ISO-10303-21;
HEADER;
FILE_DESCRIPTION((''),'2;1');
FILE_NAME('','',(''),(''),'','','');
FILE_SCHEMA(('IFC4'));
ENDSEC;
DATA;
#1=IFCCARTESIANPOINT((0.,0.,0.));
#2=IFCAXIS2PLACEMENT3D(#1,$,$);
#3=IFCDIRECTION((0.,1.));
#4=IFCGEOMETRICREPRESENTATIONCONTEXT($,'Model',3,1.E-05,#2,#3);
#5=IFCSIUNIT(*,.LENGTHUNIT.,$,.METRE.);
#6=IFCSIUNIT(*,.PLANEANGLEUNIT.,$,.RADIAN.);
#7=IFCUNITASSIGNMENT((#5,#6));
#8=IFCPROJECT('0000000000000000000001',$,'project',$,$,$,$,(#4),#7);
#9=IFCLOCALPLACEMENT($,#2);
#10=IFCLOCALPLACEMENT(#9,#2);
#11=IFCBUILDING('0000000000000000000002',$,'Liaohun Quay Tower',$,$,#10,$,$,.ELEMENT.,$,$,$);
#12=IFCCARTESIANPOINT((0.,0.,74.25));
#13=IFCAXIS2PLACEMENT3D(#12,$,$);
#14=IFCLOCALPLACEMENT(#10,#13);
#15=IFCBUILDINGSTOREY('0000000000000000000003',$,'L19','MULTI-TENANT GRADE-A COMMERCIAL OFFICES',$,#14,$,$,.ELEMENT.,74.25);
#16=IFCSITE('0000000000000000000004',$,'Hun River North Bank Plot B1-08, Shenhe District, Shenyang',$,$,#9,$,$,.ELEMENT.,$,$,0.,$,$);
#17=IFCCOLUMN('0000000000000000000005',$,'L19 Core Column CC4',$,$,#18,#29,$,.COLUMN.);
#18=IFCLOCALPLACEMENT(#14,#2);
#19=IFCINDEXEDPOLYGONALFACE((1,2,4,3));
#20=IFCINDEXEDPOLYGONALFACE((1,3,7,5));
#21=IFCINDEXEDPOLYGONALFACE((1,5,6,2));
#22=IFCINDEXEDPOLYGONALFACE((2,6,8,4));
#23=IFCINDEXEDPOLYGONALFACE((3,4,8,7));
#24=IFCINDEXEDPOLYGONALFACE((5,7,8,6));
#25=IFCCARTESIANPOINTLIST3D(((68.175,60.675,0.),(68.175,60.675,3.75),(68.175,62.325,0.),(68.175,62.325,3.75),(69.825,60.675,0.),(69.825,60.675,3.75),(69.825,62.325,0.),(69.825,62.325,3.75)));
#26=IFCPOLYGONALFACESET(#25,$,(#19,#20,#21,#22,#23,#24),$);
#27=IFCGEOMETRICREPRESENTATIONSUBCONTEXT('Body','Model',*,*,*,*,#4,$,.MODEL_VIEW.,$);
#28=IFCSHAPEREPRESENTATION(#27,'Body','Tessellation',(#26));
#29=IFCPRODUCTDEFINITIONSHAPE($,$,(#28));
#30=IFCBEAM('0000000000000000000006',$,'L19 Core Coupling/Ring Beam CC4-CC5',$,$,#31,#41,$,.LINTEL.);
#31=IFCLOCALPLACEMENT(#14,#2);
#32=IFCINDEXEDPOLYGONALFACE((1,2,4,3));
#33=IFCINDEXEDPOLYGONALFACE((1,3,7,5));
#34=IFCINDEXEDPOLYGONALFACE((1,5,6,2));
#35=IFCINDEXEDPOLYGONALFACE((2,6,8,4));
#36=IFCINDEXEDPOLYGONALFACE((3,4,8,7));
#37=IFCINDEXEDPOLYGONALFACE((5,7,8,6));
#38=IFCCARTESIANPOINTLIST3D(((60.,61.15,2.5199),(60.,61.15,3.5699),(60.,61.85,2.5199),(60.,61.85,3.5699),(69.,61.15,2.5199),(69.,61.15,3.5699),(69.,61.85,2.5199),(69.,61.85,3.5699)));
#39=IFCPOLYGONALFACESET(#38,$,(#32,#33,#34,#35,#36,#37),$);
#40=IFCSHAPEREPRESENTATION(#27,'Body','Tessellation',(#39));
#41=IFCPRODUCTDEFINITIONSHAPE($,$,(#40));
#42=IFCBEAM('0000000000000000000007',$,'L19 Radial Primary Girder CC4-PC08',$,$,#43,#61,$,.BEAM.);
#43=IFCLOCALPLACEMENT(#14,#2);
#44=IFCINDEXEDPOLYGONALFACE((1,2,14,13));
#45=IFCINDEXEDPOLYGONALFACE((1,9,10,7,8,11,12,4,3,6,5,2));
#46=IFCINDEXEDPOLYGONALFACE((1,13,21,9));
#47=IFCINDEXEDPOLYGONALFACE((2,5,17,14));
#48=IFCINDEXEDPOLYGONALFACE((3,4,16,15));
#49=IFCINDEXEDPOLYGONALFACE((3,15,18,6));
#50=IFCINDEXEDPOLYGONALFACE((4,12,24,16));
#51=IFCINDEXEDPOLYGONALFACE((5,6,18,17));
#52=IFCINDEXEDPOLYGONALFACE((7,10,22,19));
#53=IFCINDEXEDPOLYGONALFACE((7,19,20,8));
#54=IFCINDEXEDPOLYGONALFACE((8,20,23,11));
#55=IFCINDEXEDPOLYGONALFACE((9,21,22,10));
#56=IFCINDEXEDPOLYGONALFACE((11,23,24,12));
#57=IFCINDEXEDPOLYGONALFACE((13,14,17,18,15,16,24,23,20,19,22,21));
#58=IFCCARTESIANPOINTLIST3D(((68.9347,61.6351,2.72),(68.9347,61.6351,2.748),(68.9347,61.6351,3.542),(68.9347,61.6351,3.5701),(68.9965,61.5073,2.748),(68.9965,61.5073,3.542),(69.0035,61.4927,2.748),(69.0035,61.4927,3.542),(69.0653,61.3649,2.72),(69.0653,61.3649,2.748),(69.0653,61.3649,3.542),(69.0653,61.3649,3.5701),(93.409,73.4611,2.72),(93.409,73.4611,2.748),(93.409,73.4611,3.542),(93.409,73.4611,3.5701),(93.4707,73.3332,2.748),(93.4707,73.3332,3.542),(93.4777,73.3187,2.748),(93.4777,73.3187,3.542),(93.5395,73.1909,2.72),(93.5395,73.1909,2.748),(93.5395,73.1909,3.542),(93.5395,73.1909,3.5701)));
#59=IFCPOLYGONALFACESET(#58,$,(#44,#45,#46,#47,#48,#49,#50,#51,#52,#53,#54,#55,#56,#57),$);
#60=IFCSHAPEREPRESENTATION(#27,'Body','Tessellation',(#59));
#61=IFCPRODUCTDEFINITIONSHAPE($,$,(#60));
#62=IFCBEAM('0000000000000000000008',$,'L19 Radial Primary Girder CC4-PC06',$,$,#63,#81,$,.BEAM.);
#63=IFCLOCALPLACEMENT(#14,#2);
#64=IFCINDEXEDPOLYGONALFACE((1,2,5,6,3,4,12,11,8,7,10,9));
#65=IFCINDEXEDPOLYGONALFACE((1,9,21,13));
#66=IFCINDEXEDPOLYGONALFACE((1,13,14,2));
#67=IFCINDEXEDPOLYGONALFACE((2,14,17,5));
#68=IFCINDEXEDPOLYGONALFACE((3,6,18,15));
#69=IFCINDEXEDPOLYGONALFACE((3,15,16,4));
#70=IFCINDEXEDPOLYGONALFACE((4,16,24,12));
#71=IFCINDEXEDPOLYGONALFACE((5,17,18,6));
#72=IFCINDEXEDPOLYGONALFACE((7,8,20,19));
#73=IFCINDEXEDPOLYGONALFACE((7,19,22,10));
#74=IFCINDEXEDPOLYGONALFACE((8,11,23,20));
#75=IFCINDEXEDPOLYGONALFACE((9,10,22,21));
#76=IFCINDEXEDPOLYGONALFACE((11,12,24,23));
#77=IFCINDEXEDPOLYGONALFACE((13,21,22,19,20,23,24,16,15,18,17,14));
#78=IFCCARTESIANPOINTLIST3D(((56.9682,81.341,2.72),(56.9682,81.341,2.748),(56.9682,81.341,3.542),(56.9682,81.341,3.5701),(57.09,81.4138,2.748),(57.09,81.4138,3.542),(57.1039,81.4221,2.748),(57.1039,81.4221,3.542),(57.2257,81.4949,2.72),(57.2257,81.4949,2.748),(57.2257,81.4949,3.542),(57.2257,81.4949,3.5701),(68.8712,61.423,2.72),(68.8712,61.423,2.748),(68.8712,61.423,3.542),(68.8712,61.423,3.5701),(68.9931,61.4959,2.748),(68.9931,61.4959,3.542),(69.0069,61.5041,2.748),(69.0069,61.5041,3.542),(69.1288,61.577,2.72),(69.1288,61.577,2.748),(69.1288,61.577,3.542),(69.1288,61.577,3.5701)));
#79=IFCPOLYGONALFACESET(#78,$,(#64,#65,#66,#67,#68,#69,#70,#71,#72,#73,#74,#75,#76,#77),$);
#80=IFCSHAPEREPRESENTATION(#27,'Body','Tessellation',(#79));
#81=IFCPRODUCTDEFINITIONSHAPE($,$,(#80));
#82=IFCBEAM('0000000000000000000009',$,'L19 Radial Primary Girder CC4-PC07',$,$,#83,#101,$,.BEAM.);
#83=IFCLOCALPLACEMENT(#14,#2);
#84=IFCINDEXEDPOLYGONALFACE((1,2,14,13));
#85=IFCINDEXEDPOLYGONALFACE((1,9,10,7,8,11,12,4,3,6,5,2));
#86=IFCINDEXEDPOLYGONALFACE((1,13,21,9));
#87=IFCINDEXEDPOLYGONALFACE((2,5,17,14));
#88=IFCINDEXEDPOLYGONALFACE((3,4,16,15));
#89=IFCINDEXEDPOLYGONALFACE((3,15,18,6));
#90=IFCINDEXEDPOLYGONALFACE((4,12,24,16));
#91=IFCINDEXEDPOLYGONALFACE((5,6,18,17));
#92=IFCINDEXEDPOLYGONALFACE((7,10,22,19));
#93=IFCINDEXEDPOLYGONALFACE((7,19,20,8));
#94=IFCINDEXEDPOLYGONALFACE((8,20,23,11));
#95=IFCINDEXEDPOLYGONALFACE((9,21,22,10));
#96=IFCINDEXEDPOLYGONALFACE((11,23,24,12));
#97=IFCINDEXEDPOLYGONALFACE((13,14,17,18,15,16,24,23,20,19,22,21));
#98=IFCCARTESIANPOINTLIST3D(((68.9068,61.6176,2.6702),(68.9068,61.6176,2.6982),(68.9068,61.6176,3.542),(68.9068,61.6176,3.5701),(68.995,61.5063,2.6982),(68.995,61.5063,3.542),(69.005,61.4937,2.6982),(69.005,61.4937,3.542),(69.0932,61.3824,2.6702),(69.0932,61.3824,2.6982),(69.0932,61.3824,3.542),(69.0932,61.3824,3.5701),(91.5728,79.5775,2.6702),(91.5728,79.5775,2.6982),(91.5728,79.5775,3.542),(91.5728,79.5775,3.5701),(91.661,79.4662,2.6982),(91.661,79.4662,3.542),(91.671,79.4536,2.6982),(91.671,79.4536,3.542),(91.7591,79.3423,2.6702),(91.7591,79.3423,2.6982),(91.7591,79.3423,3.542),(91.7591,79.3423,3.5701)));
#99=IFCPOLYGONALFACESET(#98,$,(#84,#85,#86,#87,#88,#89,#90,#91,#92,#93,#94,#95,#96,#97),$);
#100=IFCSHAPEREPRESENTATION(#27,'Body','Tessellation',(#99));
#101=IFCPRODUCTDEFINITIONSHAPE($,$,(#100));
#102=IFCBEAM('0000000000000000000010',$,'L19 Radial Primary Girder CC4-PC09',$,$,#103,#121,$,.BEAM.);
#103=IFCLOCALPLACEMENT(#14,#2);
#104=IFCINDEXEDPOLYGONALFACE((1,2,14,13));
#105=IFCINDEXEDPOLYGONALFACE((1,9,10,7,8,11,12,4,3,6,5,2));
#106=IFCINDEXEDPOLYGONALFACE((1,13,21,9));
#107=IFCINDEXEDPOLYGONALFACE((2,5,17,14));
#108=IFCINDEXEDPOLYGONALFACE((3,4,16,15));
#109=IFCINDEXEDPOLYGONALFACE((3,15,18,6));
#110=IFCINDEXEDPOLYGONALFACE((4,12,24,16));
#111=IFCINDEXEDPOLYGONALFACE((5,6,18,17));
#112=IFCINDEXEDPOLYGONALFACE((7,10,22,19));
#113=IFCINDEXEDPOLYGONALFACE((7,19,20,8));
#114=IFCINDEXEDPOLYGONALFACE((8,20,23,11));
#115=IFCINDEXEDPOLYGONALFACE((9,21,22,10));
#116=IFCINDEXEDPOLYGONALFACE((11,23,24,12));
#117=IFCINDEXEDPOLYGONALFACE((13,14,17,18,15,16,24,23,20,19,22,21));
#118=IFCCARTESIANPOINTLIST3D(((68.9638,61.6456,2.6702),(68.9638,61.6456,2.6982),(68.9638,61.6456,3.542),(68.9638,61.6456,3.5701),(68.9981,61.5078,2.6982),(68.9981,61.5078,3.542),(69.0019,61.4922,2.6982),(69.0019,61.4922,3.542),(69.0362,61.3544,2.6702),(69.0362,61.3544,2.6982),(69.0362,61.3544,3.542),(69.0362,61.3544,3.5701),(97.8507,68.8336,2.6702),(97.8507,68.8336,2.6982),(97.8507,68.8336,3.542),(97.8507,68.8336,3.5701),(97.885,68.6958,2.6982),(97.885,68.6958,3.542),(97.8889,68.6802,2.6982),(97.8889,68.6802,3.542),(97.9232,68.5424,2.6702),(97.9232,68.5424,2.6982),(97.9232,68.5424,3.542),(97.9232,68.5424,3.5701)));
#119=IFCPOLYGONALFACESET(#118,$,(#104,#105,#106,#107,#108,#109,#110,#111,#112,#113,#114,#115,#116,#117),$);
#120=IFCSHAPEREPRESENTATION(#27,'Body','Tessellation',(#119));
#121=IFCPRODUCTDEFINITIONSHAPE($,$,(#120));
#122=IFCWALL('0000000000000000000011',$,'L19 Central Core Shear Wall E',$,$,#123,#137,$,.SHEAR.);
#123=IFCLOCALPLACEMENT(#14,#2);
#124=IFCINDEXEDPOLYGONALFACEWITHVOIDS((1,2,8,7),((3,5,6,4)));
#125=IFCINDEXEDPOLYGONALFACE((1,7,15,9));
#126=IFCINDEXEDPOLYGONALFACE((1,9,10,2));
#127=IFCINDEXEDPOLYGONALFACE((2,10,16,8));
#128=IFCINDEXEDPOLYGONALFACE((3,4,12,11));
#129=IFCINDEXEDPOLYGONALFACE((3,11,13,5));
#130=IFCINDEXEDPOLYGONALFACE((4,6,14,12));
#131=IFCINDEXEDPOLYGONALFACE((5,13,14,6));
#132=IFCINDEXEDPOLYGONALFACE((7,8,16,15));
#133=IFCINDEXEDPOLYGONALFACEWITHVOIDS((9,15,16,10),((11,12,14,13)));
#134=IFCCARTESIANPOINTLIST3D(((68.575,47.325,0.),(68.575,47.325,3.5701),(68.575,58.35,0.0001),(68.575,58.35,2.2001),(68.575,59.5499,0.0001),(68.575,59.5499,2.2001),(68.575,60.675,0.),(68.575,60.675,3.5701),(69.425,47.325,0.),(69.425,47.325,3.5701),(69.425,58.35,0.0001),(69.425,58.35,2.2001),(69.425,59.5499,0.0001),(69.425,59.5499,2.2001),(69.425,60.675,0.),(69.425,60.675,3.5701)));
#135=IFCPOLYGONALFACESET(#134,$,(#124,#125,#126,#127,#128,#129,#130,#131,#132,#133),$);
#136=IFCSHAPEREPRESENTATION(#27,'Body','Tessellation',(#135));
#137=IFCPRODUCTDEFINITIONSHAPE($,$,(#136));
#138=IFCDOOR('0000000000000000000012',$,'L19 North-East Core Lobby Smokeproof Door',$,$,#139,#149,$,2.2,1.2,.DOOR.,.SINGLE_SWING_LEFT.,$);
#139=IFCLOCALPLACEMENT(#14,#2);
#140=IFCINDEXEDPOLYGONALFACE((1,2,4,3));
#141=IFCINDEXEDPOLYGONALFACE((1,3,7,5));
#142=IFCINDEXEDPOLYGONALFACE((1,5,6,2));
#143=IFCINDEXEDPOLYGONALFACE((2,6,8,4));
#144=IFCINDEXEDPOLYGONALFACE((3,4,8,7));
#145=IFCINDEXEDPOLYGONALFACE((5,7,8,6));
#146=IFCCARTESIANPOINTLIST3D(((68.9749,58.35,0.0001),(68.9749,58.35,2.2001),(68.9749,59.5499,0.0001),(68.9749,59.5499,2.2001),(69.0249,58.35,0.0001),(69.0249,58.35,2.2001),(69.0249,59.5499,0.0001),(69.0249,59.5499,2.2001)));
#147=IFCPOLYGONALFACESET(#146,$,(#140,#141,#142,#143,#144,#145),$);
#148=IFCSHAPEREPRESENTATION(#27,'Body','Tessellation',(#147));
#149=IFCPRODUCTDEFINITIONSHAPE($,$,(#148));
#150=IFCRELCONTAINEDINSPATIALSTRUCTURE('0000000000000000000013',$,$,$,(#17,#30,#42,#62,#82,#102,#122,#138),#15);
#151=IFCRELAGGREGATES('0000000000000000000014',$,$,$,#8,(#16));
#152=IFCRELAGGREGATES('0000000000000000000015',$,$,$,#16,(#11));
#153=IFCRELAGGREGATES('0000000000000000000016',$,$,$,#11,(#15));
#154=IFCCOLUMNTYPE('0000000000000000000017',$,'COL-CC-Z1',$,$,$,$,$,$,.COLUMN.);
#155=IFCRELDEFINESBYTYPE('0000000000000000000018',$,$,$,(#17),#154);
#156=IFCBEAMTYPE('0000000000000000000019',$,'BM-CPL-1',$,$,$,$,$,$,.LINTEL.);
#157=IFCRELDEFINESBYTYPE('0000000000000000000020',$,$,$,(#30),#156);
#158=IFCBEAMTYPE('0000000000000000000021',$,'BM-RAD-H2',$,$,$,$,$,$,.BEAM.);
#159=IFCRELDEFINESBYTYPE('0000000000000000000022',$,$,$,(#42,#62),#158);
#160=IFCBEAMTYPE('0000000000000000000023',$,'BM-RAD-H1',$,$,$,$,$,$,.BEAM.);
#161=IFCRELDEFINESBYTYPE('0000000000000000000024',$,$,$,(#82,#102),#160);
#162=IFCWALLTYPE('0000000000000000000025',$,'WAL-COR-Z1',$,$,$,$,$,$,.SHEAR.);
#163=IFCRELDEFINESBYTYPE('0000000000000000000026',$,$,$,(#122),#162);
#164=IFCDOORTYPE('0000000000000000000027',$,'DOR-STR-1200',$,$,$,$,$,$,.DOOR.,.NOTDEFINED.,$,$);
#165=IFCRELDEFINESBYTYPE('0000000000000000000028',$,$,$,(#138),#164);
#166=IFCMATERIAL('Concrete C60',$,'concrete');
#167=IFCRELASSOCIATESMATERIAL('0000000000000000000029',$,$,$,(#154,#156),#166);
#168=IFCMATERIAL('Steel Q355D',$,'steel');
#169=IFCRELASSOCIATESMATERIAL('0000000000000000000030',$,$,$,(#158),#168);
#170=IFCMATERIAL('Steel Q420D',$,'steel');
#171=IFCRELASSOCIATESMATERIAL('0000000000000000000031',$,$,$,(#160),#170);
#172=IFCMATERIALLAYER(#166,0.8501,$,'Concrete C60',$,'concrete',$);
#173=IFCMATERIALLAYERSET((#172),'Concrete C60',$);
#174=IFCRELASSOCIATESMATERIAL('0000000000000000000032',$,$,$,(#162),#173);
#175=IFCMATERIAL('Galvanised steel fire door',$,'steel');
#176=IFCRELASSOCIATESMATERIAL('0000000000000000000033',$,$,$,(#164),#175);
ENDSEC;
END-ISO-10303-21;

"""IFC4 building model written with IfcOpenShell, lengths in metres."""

from ifc_helpers import new_model, si_unit, direction, frame, frame_2d, origin, origin_2d, place, context, subcontext, project, spatial, rectangle, i_section, extrude, source, transform, mapped, material, layer, layer_set, material_profile, profile_set, type_object, element, fill, save


model = new_model("IFC4")

# Units and contexts
model_context = context("Model", 3, precision=1e-05, world=origin(), true_north=direction((0.0, 1.0)))
body_context = subcontext(model_context, "Body", "Model", "MODEL_VIEW")
ifc_project = project(units=[si_unit("LENGTHUNIT", "METRE"), si_unit("PLANEANGLEUNIT", "RADIAN")], contexts=[model_context])

# Site, building, storey
site_placement = place(None, origin())
site = spatial("IfcSite", under=ifc_project, at=site_placement, Name="Hun River North Bank Plot B1-08, Shenhe District, Shenyang", CompositionType="ELEMENT", RefElevation=0.0)
building_placement = place(site_placement, origin())
building = spatial("IfcBuilding", under=site, at=building_placement, Name="Liaohun Quay Tower", CompositionType="ELEMENT")
storey_placement = place(building_placement, frame((0.0, 0.0, 74.25)))
storey = spatial("IfcBuildingStorey", under=building, at=storey_placement, Name="L19", Description="MULTI-TENANT GRADE-A COMMERCIAL OFFICES", CompositionType="ELEMENT", Elevation=74.25)

# Column
ifc_material_1 = material(Name="Concrete C60", Category="concrete")
ifc_material_profile_1 = material_profile(ifc_material_1, rectangle(XDim=1.6499, YDim=1.6499, at=origin_2d()), Name="RC1650x1650")
ifc_profile_set_1 = profile_set([ifc_material_profile_1], Name="Concrete C60")
column_type = type_object("IfcColumnType", Name="COL-CC-Z1", PredefinedType="COLUMN", material=ifc_profile_set_1)
shared_shape_1 = source(origin(), body_context, "Body", "SweptSolid", [
    extrude(rectangle(XDim=1.6499, YDim=1.6499, at=origin_2d()), origin(), (0.0, 0.0, 1.0), 3.75),
])
column_placement = place(storey_placement, frame((69.0, 61.5, 0.0), z_axis=(0.0, 0.0, 1.0), x_axis=(1.0, 0.0, 0.0)))
element("IfcColumn", 1, at=column_placement, inside=storey, type_object=column_type, Name="L19 Core Column CC4", PredefinedType="COLUMN", context=body_context, shape_type="MappedRepresentation", body=[
    mapped(shared_shape_1, transform((0.0, 0.0, 0.0), x_axis=(1.0, 0.0, 0.0), y_axis=(0.0, 1.0, 0.0), z_axis=(0.0, 0.0, 1.0), scale=1.0)),
])

# Beams
ifc_material_profile_2 = material_profile(ifc_material_1, rectangle(XDim=0.7, YDim=1.05, at=origin_2d()), Name="RC700x1050")
ifc_profile_set_2 = profile_set([ifc_material_profile_2], Name="Concrete C60")
beam_type_1 = type_object("IfcBeamType", Name="BM-CPL-1", PredefinedType="LINTEL", material=ifc_profile_set_2)
shared_shape_2 = source(origin(), body_context, "Body", "SweptSolid", [
    extrude(rectangle(XDim=0.7, YDim=1.05, at=origin_2d()), origin(), (0.0, 0.0, 1.0), 9.0),
])
beam_1_placement = place(storey_placement, frame((69.0, 61.5, 3.0449), z_axis=(-1.0, 0.0, 0.0), x_axis=(0.0, -1.0, 0.0)))
element("IfcBeam", 2, at=beam_1_placement, inside=storey, type_object=beam_type_1, Name="L19 Core Coupling/Ring Beam CC4-CC5", PredefinedType="LINTEL", context=body_context, shape_type="MappedRepresentation", body=[
    mapped(shared_shape_2, transform((0.0, 0.0, 0.0), x_axis=(1.0, 0.0, 0.0), y_axis=(0.0, 1.0, 0.0), z_axis=(0.0, 0.0, 1.0), scale=1.0)),
])
ifc_material_2 = material(Name="Steel Q355D", Category="steel")
ifc_material_profile_3 = material_profile(ifc_material_2, i_section(OverallWidth=0.3, OverallDepth=0.8501, WebThickness=0.0161, FlangeThickness=0.0281, at=origin_2d()), Name="HN850x300x16x28")
ifc_profile_set_3 = profile_set([ifc_material_profile_3], Name="Steel Q355D")
beam_type_2 = type_object("IfcBeamType", Name="BM-RAD-H2", PredefinedType="BEAM", material=ifc_profile_set_3)
shared_shape_3 = source(origin(), body_context, "Body", "SweptSolid", [
    extrude(i_section(OverallWidth=0.3, OverallDepth=0.8501, WebThickness=0.0161, FlangeThickness=0.0281, at=origin_2d()), origin(), (0.0, 0.0, 1.0), 27.1816),
])
beam_2_placement = place(storey_placement, frame((69.0, 61.5, 3.145), z_axis=(0.900396, 0.435072, 0.0), x_axis=(-0.435072, 0.900396, 0.0)))
element("IfcBeam", 3, at=beam_2_placement, inside=storey, type_object=beam_type_2, Name="L19 Radial Primary Girder CC4-PC08", PredefinedType="BEAM", context=body_context, shape_type="MappedRepresentation", body=[
    mapped(shared_shape_3, transform((0.0, 0.0, 0.0), x_axis=(1.0, 0.0, 0.0), y_axis=(0.0, 1.0, 0.0), z_axis=(0.0, 0.0, 1.0), scale=1.0)),
])
shared_shape_4 = source(origin(), body_context, "Body", "SweptSolid", [
    extrude(i_section(OverallWidth=0.3, OverallDepth=0.8501, WebThickness=0.0161, FlangeThickness=0.0281, at=origin_2d()), origin(), (0.0, 0.0, 1.0), 23.2036),
])
beam_3_placement = place(storey_placement, frame((69.0, 61.5, 3.145), z_axis=(-0.512983, 0.858399, 0.0), x_axis=(-0.858399, -0.512983, 0.0)))
element("IfcBeam", 4, at=beam_3_placement, inside=storey, type_object=beam_type_2, Name="L19 Radial Primary Girder CC4-PC06", PredefinedType="BEAM", context=body_context, shape_type="MappedRepresentation", body=[
    mapped(shared_shape_4, transform((0.0, 0.0, 0.0), x_axis=(1.0, 0.0, 0.0), y_axis=(0.0, 1.0, 0.0), z_axis=(0.0, 0.0, 1.0), scale=1.0)),
])
ifc_material_3 = material(Name="Steel Q420D", Category="steel")
ifc_material_profile_4 = material_profile(ifc_material_3, i_section(OverallWidth=0.3, OverallDepth=0.8999, WebThickness=0.0161, FlangeThickness=0.0281, at=origin_2d()), Name="HN900x300x16x28")
ifc_profile_set_4 = profile_set([ifc_material_profile_4], Name="Steel Q420D")
beam_type_3 = type_object("IfcBeamType", Name="BM-RAD-H1", PredefinedType="BEAM", material=ifc_profile_set_4)
shared_shape_5 = source(origin(), body_context, "Body", "SweptSolid", [
    extrude(i_section(OverallWidth=0.3, OverallDepth=0.8999, WebThickness=0.0161, FlangeThickness=0.0281, at=origin_2d()), origin(), (0.0, 0.0, 1.0), 28.9189),
])
beam_4_placement = place(storey_placement, frame((69.0, 61.5, 3.1201), z_axis=(0.783776, 0.621044, 0.0), x_axis=(-0.621044, 0.783776, 0.0)))
element("IfcBeam", 5, at=beam_4_placement, inside=storey, type_object=beam_type_3, Name="L19 Radial Primary Girder CC4-PC07", PredefinedType="BEAM", context=body_context, shape_type="MappedRepresentation", body=[
    mapped(shared_shape_5, transform((0.0, 0.0, 0.0), x_axis=(1.0, 0.0, 0.0), y_axis=(0.0, 1.0, 0.0), z_axis=(0.0, 0.0, 1.0), scale=1.0)),
])
shared_shape_6 = source(origin(), body_context, "Body", "SweptSolid", [
    extrude(i_section(OverallWidth=0.3, OverallDepth=0.8999, WebThickness=0.0161, FlangeThickness=0.0281, at=origin_2d()), origin(), (0.0, 0.0, 1.0), 29.7678),
])
beam_5_placement = place(storey_placement, frame((69.0, 61.5, 3.1201), z_axis=(0.970409, 0.241468, 0.0), x_axis=(-0.241468, 0.970409, 0.0)))
element("IfcBeam", 6, at=beam_5_placement, inside=storey, type_object=beam_type_3, Name="L19 Radial Primary Girder CC4-PC09", PredefinedType="BEAM", context=body_context, shape_type="MappedRepresentation", body=[
    mapped(shared_shape_6, transform((0.0, 0.0, 0.0), x_axis=(1.0, 0.0, 0.0), y_axis=(0.0, 1.0, 0.0), z_axis=(0.0, 0.0, 1.0), scale=1.0)),
])

# Wall, opening, door
ifc_layer_1 = layer(ifc_material_1, 0.8501, Name="Concrete C60", Category="concrete")
ifc_layer_set_1 = layer_set([ifc_layer_1], Name="Concrete C60")
wall_type_1 = type_object("IfcWallType", Name="WAL-COR-Z1", PredefinedType="SHEAR", material=ifc_layer_set_1)
wall_1_placement = place(storey_placement, frame((69.0, 60.675, 0.0), z_axis=(0.0, 0.0, 1.0), x_axis=(0.0, -1.0, 0.0)))
wall_1 = element("IfcWall", 7, at=wall_1_placement, inside=storey, type_object=wall_type_1, Name="L19 Central Core Shear Wall E", PredefinedType="SHEAR", context=body_context, shape_type="SweptSolid", body=[
    extrude(rectangle(XDim=13.3501, YDim=0.8501, at=frame_2d((6.675, 0.0))), origin(), (0.0, 0.0, 1.0), 3.5701),
])
shared_shape_7 = source(origin(), body_context, "Body", "SweptSolid", [
    extrude(rectangle(XDim=1.2, YDim=2.2, at=frame_2d((0.6001, 1.1001))), frame((0.0, 0.4351, 0.0), z_axis=(0.0, -1.0, 0.0), x_axis=(1.0, 0.0, 0.0)), (0.0, 0.0, 1.0), 0.8701),
])
opening_1_placement = place(wall_1_placement, frame((1.125, 0.0, 0.0)))
opening_1 = element("IfcOpeningElement", 8, at=opening_1_placement, cuts=wall_1, PredefinedType="OPENING", context=body_context, shape_type="MappedRepresentation", body=[
    mapped(shared_shape_7, transform((0.0, 0.0, 0.0), x_axis=(1.0, 0.0, 0.0), y_axis=(0.0, 1.0, 0.0), z_axis=(0.0, 0.0, 1.0), scale=1.0)),
])
ifc_material_4 = material(Name="Galvanised steel fire door", Category="steel")
door_type_1 = type_object("IfcDoorType", Name="DOR-STR-1200", OperationType="NOTDEFINED", PredefinedType="DOOR", material=ifc_material_4)
shared_shape_8 = source(origin(), body_context, "Body", "SweptSolid", [
    extrude(rectangle(XDim=1.2, YDim=2.2, at=frame_2d((0.6001, 1.1001))), frame((0.0, 0.0249, 0.0), z_axis=(0.0, -1.0, 0.0), x_axis=(1.0, 0.0, 0.0)), (0.0, 0.0, 1.0), 0.05),
])
door_1_placement = place(opening_1_placement, origin())
door_1 = element("IfcDoor", 9, at=door_1_placement, inside=storey, type_object=door_type_1, Name="L19 North-East Core Lobby Smokeproof Door", OperationType="SINGLE_SWING_LEFT", OverallHeight=2.2, OverallWidth=1.2, PredefinedType="DOOR", context=body_context, shape_type="MappedRepresentation", body=[
    mapped(shared_shape_8, transform((0.0, 0.0, 0.0), x_axis=(1.0, 0.0, 0.0), y_axis=(0.0, 1.0, 0.0), z_axis=(0.0, 0.0, 1.0), scale=1.0)),
])
fill(opening_1, door_1)

save(model, "model.ifc")
